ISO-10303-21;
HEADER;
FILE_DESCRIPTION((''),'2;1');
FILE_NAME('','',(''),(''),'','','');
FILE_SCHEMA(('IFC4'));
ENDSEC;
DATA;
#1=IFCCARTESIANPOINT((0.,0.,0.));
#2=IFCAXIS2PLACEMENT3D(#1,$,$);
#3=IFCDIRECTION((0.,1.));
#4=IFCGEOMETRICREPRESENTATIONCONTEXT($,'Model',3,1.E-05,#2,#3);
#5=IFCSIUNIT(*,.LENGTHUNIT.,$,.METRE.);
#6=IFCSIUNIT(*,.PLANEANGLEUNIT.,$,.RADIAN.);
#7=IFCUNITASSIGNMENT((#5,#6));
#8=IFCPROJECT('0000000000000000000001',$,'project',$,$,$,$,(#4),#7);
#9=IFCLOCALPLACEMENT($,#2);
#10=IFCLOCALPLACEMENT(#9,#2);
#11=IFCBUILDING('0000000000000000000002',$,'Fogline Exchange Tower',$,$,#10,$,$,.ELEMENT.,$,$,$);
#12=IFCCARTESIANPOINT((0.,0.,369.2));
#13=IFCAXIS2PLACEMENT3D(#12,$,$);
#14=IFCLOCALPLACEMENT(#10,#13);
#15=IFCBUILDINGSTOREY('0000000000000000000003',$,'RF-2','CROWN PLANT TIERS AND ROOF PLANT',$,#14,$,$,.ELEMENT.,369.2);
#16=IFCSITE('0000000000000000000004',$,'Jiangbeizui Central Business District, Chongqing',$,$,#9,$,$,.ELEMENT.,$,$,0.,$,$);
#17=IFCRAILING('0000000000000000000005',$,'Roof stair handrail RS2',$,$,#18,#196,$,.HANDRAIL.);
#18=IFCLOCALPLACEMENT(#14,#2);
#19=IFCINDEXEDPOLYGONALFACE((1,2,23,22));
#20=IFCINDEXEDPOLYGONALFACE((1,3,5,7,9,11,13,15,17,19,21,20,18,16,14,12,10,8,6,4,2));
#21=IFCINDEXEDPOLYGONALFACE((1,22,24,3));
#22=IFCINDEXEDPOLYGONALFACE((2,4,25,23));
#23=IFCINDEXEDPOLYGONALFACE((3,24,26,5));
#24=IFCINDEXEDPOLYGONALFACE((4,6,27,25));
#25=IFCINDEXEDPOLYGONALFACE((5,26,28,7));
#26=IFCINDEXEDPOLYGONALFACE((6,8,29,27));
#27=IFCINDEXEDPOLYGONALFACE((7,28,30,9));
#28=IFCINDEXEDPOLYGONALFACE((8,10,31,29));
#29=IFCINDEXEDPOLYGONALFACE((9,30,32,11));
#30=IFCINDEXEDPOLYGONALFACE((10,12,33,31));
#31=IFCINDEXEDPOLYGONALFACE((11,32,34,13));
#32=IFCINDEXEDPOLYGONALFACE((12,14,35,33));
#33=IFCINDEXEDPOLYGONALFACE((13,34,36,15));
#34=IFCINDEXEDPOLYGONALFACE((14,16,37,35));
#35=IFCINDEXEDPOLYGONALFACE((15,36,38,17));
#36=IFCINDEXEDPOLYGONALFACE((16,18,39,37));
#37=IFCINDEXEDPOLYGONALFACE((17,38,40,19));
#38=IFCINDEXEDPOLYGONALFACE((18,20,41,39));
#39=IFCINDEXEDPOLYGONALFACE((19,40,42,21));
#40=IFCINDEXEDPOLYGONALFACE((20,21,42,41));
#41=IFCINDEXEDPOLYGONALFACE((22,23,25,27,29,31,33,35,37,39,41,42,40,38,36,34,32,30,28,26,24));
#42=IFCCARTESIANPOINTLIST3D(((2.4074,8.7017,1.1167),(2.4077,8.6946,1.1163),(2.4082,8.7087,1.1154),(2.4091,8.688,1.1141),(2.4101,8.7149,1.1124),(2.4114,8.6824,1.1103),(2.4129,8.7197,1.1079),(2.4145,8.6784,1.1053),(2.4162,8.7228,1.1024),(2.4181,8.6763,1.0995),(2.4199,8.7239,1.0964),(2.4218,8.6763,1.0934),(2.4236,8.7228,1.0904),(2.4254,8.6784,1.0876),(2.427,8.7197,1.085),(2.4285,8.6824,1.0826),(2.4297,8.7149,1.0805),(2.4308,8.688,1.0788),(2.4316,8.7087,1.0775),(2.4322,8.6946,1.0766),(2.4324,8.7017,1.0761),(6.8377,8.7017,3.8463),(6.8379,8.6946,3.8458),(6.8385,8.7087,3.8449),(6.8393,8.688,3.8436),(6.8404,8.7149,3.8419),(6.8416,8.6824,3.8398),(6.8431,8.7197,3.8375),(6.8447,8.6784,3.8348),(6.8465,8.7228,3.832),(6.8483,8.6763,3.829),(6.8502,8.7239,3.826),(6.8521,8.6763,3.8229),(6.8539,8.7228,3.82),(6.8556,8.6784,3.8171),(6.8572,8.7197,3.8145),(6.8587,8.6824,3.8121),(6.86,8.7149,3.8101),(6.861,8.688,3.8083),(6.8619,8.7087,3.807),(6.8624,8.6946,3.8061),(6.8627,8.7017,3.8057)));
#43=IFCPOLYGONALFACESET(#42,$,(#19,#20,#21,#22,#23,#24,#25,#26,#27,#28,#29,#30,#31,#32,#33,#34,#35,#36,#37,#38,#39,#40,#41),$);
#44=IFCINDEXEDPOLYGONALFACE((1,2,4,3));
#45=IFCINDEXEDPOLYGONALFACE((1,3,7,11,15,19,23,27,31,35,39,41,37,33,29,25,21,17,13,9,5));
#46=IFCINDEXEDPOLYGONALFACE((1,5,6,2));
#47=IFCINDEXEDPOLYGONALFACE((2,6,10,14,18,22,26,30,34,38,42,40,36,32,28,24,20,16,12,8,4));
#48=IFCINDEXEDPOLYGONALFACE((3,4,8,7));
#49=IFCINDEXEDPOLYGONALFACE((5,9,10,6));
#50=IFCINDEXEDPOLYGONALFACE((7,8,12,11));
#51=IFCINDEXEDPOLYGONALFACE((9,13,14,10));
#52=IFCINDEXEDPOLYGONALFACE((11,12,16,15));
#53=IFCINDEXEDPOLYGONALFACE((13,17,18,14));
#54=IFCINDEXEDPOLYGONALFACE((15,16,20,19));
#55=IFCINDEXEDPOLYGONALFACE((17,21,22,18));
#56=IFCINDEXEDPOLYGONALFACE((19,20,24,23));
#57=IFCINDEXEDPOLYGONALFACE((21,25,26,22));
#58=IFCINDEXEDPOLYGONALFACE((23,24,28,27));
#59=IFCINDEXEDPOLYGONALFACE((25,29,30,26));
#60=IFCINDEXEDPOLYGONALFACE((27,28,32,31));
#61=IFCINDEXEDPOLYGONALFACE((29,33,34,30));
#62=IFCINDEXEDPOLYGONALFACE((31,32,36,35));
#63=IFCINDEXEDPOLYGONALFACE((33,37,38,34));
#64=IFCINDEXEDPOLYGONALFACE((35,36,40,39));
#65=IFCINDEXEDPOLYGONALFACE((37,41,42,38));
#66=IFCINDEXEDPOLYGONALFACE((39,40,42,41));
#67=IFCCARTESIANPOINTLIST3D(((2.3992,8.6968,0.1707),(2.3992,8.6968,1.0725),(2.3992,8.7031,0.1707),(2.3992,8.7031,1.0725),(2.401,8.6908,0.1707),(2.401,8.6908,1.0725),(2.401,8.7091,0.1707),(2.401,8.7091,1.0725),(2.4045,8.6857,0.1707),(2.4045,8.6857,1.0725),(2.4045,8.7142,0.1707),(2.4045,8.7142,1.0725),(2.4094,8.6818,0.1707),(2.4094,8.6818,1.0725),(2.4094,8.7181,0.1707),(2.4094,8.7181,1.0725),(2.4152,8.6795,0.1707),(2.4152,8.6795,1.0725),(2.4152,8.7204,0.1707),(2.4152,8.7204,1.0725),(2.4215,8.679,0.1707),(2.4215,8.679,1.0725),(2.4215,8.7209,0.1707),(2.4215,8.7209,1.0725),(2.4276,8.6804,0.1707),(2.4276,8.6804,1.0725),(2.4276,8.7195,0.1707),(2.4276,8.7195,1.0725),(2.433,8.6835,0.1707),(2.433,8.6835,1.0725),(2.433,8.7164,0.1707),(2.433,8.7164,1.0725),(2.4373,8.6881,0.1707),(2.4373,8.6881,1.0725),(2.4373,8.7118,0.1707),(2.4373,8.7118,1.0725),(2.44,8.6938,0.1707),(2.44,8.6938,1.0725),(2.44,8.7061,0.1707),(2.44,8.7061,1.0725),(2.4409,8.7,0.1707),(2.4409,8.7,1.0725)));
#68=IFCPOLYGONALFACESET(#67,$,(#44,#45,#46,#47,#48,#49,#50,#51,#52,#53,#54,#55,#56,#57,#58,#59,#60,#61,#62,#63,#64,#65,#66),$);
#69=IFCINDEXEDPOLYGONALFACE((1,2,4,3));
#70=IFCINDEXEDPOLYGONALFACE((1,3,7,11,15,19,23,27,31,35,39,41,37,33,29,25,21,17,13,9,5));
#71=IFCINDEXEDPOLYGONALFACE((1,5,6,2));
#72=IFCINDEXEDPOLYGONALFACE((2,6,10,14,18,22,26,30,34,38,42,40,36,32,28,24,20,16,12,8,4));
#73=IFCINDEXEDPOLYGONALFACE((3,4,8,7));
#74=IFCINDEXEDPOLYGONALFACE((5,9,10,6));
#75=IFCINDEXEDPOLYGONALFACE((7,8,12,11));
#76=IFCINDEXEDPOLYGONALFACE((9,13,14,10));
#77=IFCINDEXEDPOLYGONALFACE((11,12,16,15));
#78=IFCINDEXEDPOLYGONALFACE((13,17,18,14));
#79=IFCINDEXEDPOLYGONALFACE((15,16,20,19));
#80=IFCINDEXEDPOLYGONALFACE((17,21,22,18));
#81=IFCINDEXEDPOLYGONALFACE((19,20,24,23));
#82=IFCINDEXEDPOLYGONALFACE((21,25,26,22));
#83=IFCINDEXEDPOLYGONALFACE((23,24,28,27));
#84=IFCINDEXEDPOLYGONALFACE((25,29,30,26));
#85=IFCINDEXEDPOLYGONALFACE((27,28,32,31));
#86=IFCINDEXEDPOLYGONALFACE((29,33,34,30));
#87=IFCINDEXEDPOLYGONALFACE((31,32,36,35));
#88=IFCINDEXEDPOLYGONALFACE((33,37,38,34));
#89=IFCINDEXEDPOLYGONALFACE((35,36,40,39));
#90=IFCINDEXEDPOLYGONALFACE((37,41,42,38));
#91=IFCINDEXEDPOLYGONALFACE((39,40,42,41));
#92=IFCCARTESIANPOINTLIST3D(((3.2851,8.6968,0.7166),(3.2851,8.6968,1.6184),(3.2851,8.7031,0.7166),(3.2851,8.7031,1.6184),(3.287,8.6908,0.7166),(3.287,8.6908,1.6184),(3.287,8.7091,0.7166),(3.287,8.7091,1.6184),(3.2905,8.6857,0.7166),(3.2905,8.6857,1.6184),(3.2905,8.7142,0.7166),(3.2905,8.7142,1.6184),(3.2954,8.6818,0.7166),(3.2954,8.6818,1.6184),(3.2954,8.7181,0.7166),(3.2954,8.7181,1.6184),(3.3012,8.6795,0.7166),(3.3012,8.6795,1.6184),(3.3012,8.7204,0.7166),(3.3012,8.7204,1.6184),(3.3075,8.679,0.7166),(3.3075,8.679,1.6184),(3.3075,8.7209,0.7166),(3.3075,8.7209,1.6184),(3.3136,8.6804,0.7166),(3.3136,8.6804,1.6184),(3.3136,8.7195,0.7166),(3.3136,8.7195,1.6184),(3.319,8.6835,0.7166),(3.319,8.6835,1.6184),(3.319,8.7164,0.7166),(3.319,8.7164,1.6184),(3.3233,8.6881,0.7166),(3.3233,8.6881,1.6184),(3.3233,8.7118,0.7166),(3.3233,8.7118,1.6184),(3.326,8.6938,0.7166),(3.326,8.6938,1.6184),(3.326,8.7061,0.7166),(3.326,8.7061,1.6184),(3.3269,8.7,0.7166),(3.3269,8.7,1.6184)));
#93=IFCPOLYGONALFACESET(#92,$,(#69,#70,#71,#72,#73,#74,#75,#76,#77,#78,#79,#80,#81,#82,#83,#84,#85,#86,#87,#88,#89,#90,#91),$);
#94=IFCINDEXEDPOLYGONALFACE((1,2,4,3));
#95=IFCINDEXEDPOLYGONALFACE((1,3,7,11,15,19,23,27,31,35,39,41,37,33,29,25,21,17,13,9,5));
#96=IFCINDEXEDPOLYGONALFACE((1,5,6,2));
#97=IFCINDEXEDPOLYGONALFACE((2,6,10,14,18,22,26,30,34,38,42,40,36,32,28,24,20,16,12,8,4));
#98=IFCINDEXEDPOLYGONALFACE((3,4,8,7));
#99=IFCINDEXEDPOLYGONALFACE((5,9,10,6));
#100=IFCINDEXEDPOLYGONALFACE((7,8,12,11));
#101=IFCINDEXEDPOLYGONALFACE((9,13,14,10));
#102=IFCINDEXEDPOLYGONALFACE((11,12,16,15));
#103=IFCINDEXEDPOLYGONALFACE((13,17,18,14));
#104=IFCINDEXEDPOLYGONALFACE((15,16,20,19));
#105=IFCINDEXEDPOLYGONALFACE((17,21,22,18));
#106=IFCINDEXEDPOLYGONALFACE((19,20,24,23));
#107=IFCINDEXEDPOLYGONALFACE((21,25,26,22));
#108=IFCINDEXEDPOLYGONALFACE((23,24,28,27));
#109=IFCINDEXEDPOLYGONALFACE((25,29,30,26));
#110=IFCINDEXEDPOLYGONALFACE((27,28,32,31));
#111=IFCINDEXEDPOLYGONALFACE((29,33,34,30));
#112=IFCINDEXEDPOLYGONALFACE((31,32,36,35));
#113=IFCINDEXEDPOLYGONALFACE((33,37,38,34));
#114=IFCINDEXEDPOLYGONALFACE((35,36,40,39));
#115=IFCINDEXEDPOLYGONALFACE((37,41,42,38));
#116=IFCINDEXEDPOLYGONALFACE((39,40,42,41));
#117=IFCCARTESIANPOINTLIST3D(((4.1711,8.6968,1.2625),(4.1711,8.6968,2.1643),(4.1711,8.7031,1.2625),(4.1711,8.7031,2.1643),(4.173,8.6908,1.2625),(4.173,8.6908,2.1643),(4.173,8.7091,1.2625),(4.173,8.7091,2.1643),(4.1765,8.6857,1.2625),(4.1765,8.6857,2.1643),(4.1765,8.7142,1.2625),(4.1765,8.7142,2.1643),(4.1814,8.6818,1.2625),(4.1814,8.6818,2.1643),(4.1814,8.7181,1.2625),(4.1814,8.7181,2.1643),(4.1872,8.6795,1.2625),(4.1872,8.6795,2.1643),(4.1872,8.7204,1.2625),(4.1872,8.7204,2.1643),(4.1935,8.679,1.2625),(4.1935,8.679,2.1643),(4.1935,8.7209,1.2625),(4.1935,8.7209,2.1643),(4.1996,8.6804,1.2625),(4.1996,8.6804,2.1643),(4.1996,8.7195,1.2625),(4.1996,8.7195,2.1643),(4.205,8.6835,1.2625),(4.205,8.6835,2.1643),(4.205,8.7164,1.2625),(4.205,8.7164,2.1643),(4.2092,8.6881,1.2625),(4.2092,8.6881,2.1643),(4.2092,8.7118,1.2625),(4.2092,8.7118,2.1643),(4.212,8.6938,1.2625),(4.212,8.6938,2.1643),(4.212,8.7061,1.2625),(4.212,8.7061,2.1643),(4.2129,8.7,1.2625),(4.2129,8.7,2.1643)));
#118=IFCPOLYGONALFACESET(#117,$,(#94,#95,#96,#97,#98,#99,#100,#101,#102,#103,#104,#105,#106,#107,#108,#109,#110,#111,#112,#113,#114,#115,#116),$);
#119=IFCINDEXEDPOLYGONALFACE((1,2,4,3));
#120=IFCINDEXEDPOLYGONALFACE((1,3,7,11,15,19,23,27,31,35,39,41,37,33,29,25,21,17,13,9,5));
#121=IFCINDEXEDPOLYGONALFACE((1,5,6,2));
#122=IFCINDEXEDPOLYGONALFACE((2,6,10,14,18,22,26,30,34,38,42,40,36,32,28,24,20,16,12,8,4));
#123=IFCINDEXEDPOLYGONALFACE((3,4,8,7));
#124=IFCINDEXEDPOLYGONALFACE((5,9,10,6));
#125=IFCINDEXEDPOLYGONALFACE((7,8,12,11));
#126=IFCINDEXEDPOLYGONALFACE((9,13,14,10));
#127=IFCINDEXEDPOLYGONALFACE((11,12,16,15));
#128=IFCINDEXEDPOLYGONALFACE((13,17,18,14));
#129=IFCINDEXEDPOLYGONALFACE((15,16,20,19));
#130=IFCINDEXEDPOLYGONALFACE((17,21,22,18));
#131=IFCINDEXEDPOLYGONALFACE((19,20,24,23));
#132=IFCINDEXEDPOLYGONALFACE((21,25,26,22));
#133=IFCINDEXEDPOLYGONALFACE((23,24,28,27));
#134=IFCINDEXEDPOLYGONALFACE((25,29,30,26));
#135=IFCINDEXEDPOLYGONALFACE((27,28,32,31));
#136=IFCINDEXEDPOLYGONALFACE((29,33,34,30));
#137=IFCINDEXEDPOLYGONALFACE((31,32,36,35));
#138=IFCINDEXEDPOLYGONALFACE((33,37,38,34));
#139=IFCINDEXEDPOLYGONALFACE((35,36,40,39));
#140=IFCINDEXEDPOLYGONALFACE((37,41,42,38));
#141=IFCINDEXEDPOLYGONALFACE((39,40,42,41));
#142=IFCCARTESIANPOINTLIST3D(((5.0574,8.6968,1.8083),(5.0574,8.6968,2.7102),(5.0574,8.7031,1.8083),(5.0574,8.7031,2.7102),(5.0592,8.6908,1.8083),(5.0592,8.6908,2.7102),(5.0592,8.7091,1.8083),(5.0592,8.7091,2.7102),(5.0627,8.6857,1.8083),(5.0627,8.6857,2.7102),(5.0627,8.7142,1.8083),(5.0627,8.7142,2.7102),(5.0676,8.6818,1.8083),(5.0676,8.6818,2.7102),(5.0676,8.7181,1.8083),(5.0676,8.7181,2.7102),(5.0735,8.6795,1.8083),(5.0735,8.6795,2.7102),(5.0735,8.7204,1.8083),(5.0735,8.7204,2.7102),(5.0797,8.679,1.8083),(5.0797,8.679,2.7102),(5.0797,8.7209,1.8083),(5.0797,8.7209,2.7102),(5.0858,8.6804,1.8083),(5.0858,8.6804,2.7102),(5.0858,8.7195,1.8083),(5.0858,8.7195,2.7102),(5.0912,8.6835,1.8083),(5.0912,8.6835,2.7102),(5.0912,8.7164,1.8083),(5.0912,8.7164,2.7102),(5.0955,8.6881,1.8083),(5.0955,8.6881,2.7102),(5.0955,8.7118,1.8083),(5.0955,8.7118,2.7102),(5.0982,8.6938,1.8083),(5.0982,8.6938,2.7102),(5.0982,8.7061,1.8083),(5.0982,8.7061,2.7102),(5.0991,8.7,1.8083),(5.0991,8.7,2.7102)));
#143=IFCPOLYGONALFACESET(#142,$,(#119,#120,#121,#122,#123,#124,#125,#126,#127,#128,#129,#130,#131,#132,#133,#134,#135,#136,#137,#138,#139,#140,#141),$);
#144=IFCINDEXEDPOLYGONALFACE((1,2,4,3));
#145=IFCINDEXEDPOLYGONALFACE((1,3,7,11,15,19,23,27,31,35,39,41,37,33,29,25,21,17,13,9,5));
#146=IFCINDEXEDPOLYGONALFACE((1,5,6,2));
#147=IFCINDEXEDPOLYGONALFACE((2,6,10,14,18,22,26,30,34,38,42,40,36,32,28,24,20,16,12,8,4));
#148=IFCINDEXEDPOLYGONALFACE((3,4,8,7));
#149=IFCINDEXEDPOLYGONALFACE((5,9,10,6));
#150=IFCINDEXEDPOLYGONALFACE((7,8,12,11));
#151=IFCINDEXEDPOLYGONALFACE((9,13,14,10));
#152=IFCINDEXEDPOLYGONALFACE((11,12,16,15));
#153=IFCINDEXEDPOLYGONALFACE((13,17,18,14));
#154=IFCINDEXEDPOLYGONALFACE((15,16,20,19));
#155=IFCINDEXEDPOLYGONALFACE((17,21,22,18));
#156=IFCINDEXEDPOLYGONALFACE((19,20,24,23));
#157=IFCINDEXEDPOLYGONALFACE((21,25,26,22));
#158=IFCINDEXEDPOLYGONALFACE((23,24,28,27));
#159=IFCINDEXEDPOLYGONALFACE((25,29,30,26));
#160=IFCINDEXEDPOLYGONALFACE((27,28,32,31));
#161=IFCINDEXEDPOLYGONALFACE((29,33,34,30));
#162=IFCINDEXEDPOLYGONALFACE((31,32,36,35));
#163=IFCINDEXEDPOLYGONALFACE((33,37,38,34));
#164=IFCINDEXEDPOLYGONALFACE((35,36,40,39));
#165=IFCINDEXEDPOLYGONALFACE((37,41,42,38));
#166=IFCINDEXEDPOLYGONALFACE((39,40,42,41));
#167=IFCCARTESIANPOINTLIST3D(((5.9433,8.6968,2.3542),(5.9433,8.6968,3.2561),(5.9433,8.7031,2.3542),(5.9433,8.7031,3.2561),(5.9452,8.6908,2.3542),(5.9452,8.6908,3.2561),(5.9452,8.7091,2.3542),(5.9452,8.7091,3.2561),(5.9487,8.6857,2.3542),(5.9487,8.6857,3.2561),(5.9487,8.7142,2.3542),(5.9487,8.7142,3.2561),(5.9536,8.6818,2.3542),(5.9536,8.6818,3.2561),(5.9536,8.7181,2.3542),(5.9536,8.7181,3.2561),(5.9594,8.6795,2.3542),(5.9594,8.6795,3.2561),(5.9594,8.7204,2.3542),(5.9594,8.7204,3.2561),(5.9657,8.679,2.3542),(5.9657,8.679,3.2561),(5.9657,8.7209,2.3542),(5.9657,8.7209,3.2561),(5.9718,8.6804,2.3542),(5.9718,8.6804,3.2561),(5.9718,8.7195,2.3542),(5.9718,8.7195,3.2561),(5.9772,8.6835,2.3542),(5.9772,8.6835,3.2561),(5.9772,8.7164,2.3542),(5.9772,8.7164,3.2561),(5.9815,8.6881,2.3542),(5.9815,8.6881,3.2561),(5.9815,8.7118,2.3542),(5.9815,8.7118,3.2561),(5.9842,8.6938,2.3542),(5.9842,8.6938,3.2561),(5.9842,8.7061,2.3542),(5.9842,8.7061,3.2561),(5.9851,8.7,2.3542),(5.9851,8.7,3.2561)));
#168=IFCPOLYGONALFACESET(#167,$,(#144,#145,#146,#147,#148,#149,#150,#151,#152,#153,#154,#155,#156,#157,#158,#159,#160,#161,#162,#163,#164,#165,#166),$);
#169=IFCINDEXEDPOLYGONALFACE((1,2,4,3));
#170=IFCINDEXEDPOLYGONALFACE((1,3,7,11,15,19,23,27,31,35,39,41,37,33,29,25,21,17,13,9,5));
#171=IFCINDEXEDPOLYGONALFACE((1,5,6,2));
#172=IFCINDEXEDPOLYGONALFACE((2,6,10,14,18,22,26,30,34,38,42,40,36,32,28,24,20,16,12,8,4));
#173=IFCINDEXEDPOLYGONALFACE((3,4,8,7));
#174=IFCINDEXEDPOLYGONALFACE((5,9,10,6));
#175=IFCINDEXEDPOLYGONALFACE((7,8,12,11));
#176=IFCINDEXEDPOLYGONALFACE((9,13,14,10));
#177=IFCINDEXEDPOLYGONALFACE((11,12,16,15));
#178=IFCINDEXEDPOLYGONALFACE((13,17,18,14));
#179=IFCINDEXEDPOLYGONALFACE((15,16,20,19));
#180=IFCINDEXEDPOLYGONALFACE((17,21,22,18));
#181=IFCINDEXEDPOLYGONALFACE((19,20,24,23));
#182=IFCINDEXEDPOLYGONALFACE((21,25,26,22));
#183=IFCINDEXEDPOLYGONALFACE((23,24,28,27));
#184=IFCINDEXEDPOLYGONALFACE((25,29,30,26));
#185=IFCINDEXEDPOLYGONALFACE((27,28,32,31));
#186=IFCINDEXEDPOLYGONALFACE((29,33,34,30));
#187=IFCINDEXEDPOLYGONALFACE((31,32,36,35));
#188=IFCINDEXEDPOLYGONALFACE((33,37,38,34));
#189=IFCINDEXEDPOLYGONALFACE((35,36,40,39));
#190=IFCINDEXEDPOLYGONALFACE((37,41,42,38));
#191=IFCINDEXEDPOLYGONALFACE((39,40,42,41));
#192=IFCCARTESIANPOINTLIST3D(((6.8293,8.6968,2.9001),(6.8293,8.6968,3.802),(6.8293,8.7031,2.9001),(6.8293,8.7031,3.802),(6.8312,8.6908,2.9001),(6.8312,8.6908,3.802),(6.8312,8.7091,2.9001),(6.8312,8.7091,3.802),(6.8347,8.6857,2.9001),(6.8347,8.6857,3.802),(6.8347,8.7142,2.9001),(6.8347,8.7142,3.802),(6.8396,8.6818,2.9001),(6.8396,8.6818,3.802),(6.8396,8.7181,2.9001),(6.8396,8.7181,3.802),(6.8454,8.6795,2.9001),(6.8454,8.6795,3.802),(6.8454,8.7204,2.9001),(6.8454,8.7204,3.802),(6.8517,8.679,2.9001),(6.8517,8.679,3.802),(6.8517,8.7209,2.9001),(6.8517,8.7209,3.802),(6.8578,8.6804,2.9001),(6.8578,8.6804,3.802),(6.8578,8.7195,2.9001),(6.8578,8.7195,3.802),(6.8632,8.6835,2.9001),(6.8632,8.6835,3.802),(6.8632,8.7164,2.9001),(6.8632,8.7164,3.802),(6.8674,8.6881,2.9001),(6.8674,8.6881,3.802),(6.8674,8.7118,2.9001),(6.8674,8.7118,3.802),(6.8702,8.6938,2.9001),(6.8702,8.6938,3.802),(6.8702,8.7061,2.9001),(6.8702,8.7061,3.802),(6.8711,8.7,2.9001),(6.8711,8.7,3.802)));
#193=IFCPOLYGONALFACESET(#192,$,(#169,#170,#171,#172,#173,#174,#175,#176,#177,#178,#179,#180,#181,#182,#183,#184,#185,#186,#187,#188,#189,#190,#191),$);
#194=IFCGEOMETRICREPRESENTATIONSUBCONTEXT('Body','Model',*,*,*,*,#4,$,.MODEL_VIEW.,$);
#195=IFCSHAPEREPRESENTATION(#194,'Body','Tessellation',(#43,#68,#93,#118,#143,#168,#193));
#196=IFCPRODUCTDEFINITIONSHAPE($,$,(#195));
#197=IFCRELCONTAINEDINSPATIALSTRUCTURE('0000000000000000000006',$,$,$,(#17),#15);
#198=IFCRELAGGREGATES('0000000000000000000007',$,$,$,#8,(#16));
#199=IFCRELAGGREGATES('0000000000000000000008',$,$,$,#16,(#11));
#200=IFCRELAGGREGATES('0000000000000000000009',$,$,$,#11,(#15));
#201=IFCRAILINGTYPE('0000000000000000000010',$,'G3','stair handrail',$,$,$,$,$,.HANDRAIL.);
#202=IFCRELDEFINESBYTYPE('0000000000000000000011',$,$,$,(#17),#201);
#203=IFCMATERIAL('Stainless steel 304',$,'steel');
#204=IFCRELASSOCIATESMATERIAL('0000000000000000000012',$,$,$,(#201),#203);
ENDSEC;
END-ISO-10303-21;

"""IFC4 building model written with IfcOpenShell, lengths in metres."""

from ifc_helpers import new_model, si_unit, direction, frame, origin, origin_2d, place, context, subcontext, project, spatial, circle, extrude, material, type_object, element, save


model = new_model("IFC4")

# Units and contexts
model_context = context("Model", 3, precision=1e-05, world=origin(), true_north=direction((0.0, 1.0)))
body_context = subcontext(model_context, "Body", "Model", "MODEL_VIEW")
ifc_project = project(units=[si_unit("LENGTHUNIT", "METRE"), si_unit("PLANEANGLEUNIT", "RADIAN")], contexts=[model_context])

# Site, building, storey
site_placement = place(None, origin())
site = spatial("IfcSite", under=ifc_project, at=site_placement, Name="Jiangbeizui Central Business District, Chongqing", CompositionType="ELEMENT", RefElevation=0.0)
building_placement = place(site_placement, origin())
building = spatial("IfcBuilding", under=site, at=building_placement, Name="Fogline Exchange Tower", CompositionType="ELEMENT")
storey_placement = place(building_placement, frame((0.0, 0.0, 369.2)))
storey = spatial("IfcBuildingStorey", under=building, at=storey_placement, Name="RF-2", Description="CROWN PLANT TIERS AND ROOF PLANT", CompositionType="ELEMENT", Elevation=369.2)

# Railing
ifc_material_1 = material(Name="Stainless steel 304", Category="steel")
railing_type_1 = type_object("IfcRailingType", Name="G3", Description="stair handrail", PredefinedType="HANDRAIL", material=ifc_material_1)
railing_1_placement = place(storey_placement, frame((2.4199, 8.7, 0.1707)))
element("IfcRailing", 1, at=railing_1_placement, inside=storey, type_object=railing_type_1, Name="Roof stair handrail RS2", PredefinedType="HANDRAIL", context=body_context, shape_type="SweptSolid", body=[
    extrude(circle(Radius=0.0239, at=origin_2d()), frame((0.0, 0.0, 0.9258), z_axis=(0.851381, 0.0, 0.524548), x_axis=(0.0, 1.0, 0.0)), (0.0, 0.0, 1.0), 5.2036),
    extrude(circle(Radius=0.021, at=origin_2d()), origin(), (0.0, 0.0, 1.0), 0.9019),
    extrude(circle(Radius=0.021, at=origin_2d()), frame((0.886, 0.0, 0.5459)), (0.0, 0.0, 1.0), 0.9019),
    extrude(circle(Radius=0.021, at=origin_2d()), frame((1.772, 0.0, 1.0918)), (0.0, 0.0, 1.0), 0.9019),
    extrude(circle(Radius=0.021, at=origin_2d()), frame((2.6582, 0.0, 1.6377)), (0.0, 0.0, 1.0), 0.9019),
    extrude(circle(Radius=0.021, at=origin_2d()), frame((3.5442, 0.0, 2.1836)), (0.0, 0.0, 1.0), 0.9019),
    extrude(circle(Radius=0.021, at=origin_2d()), frame((4.4302, 0.0, 2.7295)), (0.0, 0.0, 1.0), 0.9019),
])

save(model, "model.ifc")
